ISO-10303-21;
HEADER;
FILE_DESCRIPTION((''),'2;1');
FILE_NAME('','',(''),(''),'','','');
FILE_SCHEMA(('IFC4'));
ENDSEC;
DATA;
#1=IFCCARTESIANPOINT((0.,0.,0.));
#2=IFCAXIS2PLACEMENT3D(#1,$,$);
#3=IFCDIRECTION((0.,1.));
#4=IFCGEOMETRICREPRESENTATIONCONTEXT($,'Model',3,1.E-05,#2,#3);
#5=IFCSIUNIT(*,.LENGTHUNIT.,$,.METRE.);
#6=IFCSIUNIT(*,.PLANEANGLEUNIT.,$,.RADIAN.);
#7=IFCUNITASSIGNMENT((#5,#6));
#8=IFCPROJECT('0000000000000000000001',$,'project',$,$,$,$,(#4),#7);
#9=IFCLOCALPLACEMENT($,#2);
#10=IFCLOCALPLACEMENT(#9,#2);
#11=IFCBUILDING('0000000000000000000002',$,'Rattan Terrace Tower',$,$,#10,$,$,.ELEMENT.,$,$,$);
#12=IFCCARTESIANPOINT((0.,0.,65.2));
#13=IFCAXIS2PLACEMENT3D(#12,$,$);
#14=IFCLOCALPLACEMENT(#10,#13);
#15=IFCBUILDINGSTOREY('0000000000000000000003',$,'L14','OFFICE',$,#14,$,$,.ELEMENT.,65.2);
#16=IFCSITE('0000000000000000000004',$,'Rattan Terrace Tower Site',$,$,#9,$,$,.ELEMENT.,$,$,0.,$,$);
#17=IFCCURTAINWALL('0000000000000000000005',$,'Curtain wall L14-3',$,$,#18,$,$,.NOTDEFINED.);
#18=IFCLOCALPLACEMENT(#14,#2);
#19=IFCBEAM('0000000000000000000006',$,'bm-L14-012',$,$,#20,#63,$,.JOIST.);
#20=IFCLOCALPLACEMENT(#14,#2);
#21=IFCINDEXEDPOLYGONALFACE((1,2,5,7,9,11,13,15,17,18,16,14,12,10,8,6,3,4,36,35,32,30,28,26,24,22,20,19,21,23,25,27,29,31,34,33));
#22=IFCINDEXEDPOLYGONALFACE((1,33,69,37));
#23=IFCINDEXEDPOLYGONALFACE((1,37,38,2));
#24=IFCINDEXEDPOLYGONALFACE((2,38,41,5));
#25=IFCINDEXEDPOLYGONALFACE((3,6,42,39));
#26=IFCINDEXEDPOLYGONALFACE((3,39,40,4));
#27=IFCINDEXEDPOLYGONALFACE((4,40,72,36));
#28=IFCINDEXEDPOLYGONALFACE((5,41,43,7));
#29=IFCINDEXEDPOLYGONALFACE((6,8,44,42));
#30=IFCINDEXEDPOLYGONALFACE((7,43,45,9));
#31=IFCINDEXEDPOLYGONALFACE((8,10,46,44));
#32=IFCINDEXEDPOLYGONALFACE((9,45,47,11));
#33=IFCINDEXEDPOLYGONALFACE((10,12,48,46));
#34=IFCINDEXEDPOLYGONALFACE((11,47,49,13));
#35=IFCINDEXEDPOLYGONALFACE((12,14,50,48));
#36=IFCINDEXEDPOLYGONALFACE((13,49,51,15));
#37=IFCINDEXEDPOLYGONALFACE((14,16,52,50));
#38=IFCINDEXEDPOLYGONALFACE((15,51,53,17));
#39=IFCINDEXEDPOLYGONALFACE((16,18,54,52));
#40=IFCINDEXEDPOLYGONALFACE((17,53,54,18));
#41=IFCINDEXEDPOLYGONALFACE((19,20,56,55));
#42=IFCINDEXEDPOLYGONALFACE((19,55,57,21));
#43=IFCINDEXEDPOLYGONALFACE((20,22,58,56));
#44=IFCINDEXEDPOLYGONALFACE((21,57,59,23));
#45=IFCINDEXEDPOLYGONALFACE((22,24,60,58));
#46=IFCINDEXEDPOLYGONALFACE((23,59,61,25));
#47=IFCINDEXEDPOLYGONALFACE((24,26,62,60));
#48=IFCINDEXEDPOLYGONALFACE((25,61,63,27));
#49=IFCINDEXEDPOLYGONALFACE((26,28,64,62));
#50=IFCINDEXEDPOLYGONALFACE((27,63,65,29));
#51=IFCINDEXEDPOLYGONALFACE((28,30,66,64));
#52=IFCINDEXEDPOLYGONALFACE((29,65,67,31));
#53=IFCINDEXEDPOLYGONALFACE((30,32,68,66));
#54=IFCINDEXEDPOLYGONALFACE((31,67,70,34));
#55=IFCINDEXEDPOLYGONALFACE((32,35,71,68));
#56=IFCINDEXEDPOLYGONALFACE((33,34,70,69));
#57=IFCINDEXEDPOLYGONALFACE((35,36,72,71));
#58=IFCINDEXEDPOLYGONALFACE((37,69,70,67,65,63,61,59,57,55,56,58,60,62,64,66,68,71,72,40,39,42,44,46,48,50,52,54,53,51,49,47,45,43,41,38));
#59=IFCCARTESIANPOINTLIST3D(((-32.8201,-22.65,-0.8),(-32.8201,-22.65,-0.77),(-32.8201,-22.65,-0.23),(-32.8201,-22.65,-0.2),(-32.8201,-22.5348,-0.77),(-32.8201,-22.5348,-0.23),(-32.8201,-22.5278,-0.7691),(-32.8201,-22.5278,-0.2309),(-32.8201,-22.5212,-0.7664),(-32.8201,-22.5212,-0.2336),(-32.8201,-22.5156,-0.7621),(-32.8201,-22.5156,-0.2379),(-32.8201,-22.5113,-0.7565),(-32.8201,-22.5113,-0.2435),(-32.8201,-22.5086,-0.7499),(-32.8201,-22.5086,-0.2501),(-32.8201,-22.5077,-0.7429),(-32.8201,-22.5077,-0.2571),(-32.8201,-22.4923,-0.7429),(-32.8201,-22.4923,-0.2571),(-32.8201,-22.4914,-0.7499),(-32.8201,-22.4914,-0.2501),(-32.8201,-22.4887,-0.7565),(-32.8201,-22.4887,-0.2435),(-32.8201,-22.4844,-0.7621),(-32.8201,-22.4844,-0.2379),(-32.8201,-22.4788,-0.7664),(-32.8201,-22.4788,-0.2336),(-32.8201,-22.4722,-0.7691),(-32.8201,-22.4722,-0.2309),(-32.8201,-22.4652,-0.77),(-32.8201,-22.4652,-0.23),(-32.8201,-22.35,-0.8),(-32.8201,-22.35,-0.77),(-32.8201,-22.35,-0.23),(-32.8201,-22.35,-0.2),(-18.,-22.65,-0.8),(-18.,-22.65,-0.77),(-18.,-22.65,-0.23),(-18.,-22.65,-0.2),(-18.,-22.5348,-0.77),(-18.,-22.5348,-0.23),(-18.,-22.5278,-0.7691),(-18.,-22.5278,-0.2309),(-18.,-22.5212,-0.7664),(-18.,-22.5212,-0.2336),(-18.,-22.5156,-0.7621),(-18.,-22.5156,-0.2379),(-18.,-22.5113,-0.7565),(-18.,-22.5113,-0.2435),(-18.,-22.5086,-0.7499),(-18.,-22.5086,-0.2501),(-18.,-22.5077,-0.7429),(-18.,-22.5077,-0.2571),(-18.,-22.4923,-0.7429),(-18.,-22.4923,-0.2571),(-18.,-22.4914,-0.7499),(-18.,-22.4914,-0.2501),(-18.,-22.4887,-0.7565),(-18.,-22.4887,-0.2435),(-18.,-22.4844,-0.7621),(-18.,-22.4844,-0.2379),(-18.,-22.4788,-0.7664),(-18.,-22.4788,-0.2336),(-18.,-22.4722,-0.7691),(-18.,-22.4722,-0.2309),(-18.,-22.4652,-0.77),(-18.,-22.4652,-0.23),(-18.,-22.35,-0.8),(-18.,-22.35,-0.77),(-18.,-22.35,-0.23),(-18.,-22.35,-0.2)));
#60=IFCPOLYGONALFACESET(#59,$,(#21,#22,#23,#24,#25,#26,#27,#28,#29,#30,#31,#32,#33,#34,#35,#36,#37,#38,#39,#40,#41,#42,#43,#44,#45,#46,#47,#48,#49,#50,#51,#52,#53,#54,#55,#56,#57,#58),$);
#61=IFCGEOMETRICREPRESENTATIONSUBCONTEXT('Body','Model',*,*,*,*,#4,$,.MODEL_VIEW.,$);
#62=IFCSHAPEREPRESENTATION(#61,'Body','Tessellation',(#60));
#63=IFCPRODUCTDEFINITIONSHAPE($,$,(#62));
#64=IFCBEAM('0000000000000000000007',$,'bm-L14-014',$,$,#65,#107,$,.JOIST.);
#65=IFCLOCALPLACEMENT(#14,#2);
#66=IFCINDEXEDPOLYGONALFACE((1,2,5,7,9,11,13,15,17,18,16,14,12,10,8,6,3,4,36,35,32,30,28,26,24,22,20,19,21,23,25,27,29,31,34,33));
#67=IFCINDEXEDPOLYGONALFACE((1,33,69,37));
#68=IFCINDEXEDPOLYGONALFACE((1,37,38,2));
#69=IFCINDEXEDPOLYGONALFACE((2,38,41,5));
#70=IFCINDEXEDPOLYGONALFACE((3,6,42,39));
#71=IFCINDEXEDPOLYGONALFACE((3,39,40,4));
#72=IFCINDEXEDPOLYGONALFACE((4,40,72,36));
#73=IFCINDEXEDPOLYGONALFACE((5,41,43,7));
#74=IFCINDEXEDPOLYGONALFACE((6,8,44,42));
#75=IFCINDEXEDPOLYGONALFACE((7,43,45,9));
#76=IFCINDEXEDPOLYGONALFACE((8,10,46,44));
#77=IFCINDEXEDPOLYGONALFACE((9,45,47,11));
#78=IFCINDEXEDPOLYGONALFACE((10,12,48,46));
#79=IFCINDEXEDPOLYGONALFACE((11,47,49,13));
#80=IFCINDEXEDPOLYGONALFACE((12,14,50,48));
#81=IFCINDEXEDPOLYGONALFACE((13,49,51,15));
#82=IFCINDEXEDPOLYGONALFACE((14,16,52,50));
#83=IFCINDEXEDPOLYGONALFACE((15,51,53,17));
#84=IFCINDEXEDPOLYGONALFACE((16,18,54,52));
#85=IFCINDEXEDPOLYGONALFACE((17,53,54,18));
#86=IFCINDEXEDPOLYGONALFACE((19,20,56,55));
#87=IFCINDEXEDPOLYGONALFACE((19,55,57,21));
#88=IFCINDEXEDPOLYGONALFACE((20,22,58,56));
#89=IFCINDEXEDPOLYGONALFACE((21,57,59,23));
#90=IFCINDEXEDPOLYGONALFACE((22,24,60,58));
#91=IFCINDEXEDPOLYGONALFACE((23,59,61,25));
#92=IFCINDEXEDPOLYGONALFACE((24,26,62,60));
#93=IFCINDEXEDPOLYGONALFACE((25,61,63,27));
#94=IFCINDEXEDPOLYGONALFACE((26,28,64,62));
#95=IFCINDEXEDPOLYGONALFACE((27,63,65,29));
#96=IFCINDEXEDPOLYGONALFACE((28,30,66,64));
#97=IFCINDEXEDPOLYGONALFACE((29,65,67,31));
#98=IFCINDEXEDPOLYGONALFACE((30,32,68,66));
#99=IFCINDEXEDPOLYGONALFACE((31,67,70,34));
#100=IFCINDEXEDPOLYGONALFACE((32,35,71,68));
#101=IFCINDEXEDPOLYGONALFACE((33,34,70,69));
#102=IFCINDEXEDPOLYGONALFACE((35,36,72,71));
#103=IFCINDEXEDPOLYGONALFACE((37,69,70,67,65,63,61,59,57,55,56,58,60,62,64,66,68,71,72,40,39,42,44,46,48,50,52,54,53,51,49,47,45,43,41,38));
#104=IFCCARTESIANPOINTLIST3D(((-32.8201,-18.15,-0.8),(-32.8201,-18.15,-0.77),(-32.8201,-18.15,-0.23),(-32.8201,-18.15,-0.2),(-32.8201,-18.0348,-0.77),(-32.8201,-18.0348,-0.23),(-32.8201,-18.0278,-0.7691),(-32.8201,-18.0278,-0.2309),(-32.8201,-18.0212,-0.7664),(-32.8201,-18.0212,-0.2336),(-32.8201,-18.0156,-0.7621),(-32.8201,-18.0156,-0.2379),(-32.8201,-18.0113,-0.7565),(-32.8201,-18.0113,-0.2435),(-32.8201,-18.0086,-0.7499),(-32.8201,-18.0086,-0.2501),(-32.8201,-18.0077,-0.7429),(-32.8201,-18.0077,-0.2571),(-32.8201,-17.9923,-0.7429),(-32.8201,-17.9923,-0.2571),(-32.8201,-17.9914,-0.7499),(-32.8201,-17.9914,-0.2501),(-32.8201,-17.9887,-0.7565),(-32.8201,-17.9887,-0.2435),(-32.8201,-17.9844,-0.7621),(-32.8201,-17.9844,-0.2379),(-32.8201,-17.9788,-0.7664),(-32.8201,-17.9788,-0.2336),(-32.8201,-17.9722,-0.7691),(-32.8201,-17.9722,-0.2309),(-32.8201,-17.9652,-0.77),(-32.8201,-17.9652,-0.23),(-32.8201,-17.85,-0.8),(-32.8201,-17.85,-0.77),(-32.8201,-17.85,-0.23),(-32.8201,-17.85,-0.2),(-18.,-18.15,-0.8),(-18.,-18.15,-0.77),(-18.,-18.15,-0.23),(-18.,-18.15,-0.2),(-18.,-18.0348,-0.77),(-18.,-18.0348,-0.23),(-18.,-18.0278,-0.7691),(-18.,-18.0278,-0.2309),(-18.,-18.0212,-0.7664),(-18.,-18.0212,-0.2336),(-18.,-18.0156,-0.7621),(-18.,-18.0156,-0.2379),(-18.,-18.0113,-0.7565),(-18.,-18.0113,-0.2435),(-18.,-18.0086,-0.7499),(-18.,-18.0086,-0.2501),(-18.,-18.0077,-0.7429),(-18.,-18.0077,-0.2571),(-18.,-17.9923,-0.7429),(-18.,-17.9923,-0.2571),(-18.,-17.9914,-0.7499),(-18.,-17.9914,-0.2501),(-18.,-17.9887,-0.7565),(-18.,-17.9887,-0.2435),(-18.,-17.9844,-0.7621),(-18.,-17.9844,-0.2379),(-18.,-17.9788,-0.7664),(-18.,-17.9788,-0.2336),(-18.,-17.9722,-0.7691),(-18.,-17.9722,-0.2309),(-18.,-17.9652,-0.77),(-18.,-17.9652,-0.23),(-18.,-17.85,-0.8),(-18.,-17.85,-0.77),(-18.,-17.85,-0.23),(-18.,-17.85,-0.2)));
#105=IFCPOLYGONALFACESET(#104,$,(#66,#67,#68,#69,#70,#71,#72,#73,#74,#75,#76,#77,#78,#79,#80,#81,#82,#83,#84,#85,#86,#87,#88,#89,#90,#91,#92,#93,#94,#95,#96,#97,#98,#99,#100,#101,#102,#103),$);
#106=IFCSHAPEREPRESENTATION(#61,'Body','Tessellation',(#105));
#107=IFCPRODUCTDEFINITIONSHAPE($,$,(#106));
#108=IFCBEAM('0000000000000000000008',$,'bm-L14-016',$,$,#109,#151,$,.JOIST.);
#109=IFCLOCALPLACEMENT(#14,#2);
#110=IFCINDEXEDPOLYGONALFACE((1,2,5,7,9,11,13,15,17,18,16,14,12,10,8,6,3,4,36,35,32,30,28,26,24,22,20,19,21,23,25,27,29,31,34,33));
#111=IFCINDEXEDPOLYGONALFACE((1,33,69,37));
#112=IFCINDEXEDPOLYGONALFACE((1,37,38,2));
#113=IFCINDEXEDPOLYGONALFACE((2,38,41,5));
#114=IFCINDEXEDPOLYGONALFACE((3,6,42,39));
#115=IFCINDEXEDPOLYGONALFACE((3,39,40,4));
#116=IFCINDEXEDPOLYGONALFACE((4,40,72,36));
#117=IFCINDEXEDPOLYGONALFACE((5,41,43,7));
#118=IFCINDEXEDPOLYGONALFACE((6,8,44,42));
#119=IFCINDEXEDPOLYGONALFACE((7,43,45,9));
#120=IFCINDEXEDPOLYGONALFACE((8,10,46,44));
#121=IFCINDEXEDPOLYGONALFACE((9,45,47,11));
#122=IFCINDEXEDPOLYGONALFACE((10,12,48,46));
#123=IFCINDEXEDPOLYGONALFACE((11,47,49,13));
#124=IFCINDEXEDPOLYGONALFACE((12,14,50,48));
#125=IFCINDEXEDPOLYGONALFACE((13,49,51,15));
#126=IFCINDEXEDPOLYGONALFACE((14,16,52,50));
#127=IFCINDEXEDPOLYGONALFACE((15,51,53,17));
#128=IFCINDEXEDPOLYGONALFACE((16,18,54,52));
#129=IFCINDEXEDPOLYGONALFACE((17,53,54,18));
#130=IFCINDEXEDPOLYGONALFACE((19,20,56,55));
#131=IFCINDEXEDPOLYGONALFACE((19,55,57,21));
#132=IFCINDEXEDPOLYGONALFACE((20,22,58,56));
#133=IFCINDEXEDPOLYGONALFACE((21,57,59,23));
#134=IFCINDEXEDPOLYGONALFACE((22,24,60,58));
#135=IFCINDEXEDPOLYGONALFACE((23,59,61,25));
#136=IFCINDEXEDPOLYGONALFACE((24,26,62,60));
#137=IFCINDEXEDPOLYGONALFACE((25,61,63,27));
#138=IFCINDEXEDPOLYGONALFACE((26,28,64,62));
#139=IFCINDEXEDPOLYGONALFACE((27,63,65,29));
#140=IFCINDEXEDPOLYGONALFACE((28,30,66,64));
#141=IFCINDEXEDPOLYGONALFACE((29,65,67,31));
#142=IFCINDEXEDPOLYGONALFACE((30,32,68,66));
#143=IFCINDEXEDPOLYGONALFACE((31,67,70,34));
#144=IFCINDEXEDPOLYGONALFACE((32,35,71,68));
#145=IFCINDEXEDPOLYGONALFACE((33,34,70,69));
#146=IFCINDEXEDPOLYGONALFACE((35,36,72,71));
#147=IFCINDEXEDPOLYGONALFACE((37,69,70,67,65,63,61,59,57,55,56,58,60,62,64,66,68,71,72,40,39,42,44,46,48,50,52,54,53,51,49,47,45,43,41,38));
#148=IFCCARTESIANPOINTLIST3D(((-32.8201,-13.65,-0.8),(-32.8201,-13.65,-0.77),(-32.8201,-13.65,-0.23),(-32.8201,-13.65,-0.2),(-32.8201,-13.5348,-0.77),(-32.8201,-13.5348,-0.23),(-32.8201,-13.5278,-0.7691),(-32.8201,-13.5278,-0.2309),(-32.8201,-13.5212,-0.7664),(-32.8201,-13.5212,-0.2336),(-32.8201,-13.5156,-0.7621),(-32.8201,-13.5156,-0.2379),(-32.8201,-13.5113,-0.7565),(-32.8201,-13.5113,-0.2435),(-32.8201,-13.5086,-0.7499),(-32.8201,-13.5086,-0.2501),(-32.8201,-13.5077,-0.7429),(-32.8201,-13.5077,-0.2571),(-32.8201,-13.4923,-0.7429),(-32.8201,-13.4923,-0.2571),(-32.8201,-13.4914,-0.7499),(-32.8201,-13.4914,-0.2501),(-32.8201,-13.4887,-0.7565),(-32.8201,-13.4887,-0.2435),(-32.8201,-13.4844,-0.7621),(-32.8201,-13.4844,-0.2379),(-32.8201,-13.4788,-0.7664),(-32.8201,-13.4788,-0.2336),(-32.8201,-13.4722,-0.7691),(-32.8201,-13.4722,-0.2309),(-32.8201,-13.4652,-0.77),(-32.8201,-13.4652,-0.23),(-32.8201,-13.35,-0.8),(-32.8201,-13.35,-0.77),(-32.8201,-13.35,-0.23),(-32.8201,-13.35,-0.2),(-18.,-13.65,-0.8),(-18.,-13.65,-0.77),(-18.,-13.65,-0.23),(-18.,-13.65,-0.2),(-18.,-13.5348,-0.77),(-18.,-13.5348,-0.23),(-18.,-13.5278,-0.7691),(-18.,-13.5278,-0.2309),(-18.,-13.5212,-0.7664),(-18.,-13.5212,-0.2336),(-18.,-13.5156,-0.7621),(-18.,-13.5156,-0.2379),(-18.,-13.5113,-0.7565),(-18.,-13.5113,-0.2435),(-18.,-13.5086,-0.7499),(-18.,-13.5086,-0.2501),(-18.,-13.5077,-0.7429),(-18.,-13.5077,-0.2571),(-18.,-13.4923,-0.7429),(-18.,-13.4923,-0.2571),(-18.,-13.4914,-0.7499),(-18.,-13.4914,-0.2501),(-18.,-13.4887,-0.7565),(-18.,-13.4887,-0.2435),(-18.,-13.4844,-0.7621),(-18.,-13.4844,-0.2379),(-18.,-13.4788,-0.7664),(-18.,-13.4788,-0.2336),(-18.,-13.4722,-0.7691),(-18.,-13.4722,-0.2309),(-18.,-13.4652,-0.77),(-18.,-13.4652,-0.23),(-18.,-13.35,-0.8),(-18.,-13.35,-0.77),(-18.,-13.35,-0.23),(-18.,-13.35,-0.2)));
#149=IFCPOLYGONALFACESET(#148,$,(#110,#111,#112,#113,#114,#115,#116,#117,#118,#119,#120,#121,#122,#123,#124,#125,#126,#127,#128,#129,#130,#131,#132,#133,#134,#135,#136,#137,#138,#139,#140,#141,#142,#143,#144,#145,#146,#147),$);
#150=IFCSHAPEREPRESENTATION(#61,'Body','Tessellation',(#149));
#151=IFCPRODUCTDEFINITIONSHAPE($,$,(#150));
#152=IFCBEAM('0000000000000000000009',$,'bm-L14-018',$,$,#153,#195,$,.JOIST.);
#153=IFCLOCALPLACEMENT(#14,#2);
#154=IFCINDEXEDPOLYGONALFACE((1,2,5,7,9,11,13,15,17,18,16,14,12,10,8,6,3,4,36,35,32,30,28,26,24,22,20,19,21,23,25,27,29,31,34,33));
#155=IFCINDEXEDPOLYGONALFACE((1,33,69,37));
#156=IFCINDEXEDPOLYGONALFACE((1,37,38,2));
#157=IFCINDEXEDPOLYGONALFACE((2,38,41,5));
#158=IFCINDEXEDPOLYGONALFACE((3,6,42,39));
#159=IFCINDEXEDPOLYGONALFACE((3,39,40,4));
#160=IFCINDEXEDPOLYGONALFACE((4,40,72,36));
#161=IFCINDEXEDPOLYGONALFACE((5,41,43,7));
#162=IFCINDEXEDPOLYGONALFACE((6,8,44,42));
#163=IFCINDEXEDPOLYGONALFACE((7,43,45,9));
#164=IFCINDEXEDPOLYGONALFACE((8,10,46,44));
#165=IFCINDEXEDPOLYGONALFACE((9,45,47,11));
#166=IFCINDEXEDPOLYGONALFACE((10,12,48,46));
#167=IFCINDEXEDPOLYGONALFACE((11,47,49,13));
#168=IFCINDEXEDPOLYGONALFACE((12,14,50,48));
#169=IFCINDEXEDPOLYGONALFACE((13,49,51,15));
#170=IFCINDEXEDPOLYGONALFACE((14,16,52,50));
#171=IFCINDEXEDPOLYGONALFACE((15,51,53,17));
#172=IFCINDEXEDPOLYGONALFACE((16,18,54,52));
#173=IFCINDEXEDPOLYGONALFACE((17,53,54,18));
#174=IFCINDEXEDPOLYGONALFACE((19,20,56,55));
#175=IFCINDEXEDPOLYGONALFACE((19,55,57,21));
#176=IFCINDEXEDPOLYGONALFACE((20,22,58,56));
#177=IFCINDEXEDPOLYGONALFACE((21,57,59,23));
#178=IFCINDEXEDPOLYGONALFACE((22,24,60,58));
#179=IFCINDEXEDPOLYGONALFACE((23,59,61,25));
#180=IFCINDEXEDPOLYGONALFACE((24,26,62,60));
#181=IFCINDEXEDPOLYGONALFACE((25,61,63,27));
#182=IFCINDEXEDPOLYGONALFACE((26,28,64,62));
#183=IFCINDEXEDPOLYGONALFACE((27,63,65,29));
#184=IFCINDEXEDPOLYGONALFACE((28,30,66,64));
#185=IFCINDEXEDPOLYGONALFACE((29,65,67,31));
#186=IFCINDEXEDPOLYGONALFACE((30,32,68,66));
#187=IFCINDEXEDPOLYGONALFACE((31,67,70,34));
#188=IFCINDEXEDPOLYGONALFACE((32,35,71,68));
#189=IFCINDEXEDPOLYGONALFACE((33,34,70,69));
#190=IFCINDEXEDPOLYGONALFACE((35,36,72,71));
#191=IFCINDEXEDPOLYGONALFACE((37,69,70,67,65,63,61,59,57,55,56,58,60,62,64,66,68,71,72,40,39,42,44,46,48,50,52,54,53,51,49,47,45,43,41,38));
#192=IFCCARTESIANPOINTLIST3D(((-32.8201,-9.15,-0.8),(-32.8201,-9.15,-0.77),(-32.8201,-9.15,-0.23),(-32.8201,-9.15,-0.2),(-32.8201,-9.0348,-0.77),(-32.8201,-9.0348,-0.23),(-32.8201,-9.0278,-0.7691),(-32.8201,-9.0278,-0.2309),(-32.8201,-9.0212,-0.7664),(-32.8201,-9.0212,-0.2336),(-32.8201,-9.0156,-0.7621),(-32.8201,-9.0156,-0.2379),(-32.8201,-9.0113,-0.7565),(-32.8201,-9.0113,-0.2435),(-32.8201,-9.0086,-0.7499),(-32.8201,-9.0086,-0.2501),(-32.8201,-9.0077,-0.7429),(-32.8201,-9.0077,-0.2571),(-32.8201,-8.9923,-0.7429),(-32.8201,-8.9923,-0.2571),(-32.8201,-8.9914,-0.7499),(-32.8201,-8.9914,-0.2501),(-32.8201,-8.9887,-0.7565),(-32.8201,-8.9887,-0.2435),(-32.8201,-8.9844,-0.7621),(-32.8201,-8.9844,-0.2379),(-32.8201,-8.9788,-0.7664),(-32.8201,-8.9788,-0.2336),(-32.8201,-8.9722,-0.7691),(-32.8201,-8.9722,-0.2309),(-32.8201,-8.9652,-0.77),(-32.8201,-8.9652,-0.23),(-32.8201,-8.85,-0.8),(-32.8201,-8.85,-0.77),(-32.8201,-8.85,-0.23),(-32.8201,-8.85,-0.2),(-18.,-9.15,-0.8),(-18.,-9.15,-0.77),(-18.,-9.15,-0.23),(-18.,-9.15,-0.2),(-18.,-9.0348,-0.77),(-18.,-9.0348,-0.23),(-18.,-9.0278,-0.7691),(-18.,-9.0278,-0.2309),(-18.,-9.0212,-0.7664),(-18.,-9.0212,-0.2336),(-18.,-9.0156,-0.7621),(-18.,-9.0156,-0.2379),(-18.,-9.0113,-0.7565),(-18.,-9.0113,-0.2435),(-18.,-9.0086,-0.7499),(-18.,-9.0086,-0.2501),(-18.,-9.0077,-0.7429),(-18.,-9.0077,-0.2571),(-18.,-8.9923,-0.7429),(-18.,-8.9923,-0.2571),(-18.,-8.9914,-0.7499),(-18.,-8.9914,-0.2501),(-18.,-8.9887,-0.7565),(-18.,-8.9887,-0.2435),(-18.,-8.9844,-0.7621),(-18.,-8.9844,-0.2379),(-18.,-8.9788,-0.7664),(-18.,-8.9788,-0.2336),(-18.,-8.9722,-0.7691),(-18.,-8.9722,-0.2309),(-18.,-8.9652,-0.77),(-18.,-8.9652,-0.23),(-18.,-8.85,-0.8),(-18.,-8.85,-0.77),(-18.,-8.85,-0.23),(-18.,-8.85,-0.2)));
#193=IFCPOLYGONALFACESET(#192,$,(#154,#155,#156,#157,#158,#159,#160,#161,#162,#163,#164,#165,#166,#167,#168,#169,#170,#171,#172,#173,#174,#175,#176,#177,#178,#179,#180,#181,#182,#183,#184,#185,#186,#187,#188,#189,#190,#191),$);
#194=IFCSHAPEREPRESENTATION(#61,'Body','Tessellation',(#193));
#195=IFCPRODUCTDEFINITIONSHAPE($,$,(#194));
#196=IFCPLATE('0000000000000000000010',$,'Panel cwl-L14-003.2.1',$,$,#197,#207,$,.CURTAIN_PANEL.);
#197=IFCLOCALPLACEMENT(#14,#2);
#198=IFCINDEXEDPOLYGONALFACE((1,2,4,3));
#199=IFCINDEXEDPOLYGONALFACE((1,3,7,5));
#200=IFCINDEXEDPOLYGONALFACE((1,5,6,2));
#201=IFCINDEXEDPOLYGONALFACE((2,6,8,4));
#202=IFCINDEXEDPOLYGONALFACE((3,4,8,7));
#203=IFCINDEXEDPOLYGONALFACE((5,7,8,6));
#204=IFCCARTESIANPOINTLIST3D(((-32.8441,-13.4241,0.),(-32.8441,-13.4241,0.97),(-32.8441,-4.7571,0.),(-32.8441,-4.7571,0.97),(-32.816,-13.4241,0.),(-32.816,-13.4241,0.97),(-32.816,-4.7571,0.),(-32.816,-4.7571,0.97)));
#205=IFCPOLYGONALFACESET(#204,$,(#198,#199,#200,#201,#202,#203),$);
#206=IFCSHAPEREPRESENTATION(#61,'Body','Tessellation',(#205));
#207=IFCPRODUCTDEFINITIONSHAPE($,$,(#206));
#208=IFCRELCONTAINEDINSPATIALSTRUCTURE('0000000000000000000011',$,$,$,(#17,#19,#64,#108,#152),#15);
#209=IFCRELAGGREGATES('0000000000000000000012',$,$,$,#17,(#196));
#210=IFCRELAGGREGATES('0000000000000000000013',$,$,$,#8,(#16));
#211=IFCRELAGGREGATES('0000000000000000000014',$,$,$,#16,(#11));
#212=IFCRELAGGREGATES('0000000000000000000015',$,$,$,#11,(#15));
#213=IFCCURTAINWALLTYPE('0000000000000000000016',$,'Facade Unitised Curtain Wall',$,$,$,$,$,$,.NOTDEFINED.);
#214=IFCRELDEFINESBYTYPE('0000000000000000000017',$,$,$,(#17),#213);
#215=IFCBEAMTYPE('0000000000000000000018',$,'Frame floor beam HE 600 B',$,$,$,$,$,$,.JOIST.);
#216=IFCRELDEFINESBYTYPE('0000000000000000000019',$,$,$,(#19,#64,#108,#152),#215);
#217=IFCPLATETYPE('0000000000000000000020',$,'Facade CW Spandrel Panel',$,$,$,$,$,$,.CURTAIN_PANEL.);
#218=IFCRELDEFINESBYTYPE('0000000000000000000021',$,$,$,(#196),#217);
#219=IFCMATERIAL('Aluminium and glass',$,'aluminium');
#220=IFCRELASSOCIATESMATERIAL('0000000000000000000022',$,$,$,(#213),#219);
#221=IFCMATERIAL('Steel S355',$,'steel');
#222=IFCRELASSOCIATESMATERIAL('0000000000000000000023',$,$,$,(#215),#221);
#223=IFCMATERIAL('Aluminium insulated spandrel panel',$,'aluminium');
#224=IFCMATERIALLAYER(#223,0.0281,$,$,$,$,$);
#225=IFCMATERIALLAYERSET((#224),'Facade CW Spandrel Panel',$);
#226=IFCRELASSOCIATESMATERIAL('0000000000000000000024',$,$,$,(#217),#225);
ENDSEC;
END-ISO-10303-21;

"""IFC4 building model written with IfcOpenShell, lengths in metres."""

from ifc_helpers import new_model, si_unit, direction, frame, origin, origin_2d, place, context, subcontext, project, spatial, rectangle, i_section, extrude, material, layer, layer_set, material_profile, profile_set, type_object, element, aggregate, save


model = new_model("IFC4")

# Units and contexts
model_context = context("Model", 3, precision=1e-05, world=origin(), true_north=direction((0.0, 1.0)))
body_context = subcontext(model_context, "Body", "Model", "MODEL_VIEW")
ifc_project = project(units=[si_unit("LENGTHUNIT", "METRE"), si_unit("PLANEANGLEUNIT", "RADIAN")], contexts=[model_context])

# Site, building, storey
site_placement = place(None, origin())
site = spatial("IfcSite", under=ifc_project, at=site_placement, Name="Rattan Terrace Tower Site", CompositionType="ELEMENT", RefElevation=0.0)
building_placement = place(site_placement, origin())
building = spatial("IfcBuilding", under=site, at=building_placement, Name="Rattan Terrace Tower", CompositionType="ELEMENT")
storey_placement = place(building_placement, frame((0.0, 0.0, 65.2)))
storey = spatial("IfcBuildingStorey", under=building, at=storey_placement, Name="L14", Description="OFFICE", CompositionType="ELEMENT", Elevation=65.2)

# Curtain wall
ifc_material_1 = material(Name="Aluminium and glass", Category="aluminium")
curtain_wall_type = type_object("IfcCurtainWallType", Name="Facade Unitised Curtain Wall", PredefinedType="NOTDEFINED", material=ifc_material_1)
curtain_wall_placement = place(storey_placement, origin())
curtain_wall = element("IfcCurtainWall", 1, at=curtain_wall_placement, inside=storey, type_object=curtain_wall_type, Name="Curtain wall L14-3", PredefinedType="NOTDEFINED")

# Beams
ifc_material_2 = material(Name="Steel S355", Category="steel")
ifc_material_profile_1 = material_profile(ifc_material_2, i_section(OverallWidth=0.3, OverallDepth=0.6001, WebThickness=0.0154, FlangeThickness=0.03, FilletRadius=0.0271, at=origin_2d()), Name="HE 600 B")
ifc_profile_set_1 = profile_set([ifc_material_profile_1], Name="Steel S355")
beam_type_1 = type_object("IfcBeamType", Name="Frame floor beam HE 600 B", PredefinedType="JOIST", material=ifc_profile_set_1)
for number, where, z_axis, x_axis, name in (
    (2, (-32.8201, -22.5, -0.5), (1.0, 0.0, 0.0), (0.0, 1.0, 0.0), "bm-L14-012"),
    (3, (-32.8201, -18.0, -0.5), (1.0, 0.0, 0.0), (0.0, 1.0, 0.0), "bm-L14-014"),
    (4, (-32.8201, -13.5, -0.5), (1.0, 0.0, 0.0), (0.0, 1.0, 0.0), "bm-L14-016"),
    (5, (-32.8201, -9.0, -0.5), (1.0, 0.0, 0.0), (0.0, 1.0, 0.0), "bm-L14-018"),
):
    element("IfcBeam", number, at=place(storey_placement, frame(where, z_axis=z_axis, x_axis=x_axis)), inside=storey, type_object=beam_type_1, Name=name, PredefinedType="JOIST", context=body_context, shape_type="SweptSolid", body=[
        extrude(i_section(OverallWidth=0.3, OverallDepth=0.6001, WebThickness=0.0154, FlangeThickness=0.03, FilletRadius=0.0271, at=origin_2d()), origin(), (0.0, 0.0, 1.0), 14.8201),
    ])

# Plate
ifc_material_3 = material(Name="Aluminium insulated spandrel panel", Category="aluminium")
ifc_layer_1 = layer(ifc_material_3, 0.0281)
ifc_layer_set_1 = layer_set([ifc_layer_1], Name="Facade CW Spandrel Panel")
plate_type_1 = type_object("IfcPlateType", Name="Facade CW Spandrel Panel", PredefinedType="CURTAIN_PANEL", material=ifc_layer_set_1)
plate_1_placement = place(storey_placement, frame((-32.8301, -9.0906, 0.0), z_axis=(0.0, 0.0, 1.0), x_axis=(0.0, -1.0, 0.0)))
plate_1 = element("IfcPlate", 6, at=plate_1_placement, type_object=plate_type_1, Name="Panel cwl-L14-003.2.1", PredefinedType="CURTAIN_PANEL", context=body_context, shape_type="SweptSolid", body=[
    extrude(rectangle(XDim=8.667, YDim=0.0281, at=origin_2d()), origin(), (0.0, 0.0, 1.0), 0.97),
])
aggregate(curtain_wall, [plate_1])

save(model, "model.ifc")
